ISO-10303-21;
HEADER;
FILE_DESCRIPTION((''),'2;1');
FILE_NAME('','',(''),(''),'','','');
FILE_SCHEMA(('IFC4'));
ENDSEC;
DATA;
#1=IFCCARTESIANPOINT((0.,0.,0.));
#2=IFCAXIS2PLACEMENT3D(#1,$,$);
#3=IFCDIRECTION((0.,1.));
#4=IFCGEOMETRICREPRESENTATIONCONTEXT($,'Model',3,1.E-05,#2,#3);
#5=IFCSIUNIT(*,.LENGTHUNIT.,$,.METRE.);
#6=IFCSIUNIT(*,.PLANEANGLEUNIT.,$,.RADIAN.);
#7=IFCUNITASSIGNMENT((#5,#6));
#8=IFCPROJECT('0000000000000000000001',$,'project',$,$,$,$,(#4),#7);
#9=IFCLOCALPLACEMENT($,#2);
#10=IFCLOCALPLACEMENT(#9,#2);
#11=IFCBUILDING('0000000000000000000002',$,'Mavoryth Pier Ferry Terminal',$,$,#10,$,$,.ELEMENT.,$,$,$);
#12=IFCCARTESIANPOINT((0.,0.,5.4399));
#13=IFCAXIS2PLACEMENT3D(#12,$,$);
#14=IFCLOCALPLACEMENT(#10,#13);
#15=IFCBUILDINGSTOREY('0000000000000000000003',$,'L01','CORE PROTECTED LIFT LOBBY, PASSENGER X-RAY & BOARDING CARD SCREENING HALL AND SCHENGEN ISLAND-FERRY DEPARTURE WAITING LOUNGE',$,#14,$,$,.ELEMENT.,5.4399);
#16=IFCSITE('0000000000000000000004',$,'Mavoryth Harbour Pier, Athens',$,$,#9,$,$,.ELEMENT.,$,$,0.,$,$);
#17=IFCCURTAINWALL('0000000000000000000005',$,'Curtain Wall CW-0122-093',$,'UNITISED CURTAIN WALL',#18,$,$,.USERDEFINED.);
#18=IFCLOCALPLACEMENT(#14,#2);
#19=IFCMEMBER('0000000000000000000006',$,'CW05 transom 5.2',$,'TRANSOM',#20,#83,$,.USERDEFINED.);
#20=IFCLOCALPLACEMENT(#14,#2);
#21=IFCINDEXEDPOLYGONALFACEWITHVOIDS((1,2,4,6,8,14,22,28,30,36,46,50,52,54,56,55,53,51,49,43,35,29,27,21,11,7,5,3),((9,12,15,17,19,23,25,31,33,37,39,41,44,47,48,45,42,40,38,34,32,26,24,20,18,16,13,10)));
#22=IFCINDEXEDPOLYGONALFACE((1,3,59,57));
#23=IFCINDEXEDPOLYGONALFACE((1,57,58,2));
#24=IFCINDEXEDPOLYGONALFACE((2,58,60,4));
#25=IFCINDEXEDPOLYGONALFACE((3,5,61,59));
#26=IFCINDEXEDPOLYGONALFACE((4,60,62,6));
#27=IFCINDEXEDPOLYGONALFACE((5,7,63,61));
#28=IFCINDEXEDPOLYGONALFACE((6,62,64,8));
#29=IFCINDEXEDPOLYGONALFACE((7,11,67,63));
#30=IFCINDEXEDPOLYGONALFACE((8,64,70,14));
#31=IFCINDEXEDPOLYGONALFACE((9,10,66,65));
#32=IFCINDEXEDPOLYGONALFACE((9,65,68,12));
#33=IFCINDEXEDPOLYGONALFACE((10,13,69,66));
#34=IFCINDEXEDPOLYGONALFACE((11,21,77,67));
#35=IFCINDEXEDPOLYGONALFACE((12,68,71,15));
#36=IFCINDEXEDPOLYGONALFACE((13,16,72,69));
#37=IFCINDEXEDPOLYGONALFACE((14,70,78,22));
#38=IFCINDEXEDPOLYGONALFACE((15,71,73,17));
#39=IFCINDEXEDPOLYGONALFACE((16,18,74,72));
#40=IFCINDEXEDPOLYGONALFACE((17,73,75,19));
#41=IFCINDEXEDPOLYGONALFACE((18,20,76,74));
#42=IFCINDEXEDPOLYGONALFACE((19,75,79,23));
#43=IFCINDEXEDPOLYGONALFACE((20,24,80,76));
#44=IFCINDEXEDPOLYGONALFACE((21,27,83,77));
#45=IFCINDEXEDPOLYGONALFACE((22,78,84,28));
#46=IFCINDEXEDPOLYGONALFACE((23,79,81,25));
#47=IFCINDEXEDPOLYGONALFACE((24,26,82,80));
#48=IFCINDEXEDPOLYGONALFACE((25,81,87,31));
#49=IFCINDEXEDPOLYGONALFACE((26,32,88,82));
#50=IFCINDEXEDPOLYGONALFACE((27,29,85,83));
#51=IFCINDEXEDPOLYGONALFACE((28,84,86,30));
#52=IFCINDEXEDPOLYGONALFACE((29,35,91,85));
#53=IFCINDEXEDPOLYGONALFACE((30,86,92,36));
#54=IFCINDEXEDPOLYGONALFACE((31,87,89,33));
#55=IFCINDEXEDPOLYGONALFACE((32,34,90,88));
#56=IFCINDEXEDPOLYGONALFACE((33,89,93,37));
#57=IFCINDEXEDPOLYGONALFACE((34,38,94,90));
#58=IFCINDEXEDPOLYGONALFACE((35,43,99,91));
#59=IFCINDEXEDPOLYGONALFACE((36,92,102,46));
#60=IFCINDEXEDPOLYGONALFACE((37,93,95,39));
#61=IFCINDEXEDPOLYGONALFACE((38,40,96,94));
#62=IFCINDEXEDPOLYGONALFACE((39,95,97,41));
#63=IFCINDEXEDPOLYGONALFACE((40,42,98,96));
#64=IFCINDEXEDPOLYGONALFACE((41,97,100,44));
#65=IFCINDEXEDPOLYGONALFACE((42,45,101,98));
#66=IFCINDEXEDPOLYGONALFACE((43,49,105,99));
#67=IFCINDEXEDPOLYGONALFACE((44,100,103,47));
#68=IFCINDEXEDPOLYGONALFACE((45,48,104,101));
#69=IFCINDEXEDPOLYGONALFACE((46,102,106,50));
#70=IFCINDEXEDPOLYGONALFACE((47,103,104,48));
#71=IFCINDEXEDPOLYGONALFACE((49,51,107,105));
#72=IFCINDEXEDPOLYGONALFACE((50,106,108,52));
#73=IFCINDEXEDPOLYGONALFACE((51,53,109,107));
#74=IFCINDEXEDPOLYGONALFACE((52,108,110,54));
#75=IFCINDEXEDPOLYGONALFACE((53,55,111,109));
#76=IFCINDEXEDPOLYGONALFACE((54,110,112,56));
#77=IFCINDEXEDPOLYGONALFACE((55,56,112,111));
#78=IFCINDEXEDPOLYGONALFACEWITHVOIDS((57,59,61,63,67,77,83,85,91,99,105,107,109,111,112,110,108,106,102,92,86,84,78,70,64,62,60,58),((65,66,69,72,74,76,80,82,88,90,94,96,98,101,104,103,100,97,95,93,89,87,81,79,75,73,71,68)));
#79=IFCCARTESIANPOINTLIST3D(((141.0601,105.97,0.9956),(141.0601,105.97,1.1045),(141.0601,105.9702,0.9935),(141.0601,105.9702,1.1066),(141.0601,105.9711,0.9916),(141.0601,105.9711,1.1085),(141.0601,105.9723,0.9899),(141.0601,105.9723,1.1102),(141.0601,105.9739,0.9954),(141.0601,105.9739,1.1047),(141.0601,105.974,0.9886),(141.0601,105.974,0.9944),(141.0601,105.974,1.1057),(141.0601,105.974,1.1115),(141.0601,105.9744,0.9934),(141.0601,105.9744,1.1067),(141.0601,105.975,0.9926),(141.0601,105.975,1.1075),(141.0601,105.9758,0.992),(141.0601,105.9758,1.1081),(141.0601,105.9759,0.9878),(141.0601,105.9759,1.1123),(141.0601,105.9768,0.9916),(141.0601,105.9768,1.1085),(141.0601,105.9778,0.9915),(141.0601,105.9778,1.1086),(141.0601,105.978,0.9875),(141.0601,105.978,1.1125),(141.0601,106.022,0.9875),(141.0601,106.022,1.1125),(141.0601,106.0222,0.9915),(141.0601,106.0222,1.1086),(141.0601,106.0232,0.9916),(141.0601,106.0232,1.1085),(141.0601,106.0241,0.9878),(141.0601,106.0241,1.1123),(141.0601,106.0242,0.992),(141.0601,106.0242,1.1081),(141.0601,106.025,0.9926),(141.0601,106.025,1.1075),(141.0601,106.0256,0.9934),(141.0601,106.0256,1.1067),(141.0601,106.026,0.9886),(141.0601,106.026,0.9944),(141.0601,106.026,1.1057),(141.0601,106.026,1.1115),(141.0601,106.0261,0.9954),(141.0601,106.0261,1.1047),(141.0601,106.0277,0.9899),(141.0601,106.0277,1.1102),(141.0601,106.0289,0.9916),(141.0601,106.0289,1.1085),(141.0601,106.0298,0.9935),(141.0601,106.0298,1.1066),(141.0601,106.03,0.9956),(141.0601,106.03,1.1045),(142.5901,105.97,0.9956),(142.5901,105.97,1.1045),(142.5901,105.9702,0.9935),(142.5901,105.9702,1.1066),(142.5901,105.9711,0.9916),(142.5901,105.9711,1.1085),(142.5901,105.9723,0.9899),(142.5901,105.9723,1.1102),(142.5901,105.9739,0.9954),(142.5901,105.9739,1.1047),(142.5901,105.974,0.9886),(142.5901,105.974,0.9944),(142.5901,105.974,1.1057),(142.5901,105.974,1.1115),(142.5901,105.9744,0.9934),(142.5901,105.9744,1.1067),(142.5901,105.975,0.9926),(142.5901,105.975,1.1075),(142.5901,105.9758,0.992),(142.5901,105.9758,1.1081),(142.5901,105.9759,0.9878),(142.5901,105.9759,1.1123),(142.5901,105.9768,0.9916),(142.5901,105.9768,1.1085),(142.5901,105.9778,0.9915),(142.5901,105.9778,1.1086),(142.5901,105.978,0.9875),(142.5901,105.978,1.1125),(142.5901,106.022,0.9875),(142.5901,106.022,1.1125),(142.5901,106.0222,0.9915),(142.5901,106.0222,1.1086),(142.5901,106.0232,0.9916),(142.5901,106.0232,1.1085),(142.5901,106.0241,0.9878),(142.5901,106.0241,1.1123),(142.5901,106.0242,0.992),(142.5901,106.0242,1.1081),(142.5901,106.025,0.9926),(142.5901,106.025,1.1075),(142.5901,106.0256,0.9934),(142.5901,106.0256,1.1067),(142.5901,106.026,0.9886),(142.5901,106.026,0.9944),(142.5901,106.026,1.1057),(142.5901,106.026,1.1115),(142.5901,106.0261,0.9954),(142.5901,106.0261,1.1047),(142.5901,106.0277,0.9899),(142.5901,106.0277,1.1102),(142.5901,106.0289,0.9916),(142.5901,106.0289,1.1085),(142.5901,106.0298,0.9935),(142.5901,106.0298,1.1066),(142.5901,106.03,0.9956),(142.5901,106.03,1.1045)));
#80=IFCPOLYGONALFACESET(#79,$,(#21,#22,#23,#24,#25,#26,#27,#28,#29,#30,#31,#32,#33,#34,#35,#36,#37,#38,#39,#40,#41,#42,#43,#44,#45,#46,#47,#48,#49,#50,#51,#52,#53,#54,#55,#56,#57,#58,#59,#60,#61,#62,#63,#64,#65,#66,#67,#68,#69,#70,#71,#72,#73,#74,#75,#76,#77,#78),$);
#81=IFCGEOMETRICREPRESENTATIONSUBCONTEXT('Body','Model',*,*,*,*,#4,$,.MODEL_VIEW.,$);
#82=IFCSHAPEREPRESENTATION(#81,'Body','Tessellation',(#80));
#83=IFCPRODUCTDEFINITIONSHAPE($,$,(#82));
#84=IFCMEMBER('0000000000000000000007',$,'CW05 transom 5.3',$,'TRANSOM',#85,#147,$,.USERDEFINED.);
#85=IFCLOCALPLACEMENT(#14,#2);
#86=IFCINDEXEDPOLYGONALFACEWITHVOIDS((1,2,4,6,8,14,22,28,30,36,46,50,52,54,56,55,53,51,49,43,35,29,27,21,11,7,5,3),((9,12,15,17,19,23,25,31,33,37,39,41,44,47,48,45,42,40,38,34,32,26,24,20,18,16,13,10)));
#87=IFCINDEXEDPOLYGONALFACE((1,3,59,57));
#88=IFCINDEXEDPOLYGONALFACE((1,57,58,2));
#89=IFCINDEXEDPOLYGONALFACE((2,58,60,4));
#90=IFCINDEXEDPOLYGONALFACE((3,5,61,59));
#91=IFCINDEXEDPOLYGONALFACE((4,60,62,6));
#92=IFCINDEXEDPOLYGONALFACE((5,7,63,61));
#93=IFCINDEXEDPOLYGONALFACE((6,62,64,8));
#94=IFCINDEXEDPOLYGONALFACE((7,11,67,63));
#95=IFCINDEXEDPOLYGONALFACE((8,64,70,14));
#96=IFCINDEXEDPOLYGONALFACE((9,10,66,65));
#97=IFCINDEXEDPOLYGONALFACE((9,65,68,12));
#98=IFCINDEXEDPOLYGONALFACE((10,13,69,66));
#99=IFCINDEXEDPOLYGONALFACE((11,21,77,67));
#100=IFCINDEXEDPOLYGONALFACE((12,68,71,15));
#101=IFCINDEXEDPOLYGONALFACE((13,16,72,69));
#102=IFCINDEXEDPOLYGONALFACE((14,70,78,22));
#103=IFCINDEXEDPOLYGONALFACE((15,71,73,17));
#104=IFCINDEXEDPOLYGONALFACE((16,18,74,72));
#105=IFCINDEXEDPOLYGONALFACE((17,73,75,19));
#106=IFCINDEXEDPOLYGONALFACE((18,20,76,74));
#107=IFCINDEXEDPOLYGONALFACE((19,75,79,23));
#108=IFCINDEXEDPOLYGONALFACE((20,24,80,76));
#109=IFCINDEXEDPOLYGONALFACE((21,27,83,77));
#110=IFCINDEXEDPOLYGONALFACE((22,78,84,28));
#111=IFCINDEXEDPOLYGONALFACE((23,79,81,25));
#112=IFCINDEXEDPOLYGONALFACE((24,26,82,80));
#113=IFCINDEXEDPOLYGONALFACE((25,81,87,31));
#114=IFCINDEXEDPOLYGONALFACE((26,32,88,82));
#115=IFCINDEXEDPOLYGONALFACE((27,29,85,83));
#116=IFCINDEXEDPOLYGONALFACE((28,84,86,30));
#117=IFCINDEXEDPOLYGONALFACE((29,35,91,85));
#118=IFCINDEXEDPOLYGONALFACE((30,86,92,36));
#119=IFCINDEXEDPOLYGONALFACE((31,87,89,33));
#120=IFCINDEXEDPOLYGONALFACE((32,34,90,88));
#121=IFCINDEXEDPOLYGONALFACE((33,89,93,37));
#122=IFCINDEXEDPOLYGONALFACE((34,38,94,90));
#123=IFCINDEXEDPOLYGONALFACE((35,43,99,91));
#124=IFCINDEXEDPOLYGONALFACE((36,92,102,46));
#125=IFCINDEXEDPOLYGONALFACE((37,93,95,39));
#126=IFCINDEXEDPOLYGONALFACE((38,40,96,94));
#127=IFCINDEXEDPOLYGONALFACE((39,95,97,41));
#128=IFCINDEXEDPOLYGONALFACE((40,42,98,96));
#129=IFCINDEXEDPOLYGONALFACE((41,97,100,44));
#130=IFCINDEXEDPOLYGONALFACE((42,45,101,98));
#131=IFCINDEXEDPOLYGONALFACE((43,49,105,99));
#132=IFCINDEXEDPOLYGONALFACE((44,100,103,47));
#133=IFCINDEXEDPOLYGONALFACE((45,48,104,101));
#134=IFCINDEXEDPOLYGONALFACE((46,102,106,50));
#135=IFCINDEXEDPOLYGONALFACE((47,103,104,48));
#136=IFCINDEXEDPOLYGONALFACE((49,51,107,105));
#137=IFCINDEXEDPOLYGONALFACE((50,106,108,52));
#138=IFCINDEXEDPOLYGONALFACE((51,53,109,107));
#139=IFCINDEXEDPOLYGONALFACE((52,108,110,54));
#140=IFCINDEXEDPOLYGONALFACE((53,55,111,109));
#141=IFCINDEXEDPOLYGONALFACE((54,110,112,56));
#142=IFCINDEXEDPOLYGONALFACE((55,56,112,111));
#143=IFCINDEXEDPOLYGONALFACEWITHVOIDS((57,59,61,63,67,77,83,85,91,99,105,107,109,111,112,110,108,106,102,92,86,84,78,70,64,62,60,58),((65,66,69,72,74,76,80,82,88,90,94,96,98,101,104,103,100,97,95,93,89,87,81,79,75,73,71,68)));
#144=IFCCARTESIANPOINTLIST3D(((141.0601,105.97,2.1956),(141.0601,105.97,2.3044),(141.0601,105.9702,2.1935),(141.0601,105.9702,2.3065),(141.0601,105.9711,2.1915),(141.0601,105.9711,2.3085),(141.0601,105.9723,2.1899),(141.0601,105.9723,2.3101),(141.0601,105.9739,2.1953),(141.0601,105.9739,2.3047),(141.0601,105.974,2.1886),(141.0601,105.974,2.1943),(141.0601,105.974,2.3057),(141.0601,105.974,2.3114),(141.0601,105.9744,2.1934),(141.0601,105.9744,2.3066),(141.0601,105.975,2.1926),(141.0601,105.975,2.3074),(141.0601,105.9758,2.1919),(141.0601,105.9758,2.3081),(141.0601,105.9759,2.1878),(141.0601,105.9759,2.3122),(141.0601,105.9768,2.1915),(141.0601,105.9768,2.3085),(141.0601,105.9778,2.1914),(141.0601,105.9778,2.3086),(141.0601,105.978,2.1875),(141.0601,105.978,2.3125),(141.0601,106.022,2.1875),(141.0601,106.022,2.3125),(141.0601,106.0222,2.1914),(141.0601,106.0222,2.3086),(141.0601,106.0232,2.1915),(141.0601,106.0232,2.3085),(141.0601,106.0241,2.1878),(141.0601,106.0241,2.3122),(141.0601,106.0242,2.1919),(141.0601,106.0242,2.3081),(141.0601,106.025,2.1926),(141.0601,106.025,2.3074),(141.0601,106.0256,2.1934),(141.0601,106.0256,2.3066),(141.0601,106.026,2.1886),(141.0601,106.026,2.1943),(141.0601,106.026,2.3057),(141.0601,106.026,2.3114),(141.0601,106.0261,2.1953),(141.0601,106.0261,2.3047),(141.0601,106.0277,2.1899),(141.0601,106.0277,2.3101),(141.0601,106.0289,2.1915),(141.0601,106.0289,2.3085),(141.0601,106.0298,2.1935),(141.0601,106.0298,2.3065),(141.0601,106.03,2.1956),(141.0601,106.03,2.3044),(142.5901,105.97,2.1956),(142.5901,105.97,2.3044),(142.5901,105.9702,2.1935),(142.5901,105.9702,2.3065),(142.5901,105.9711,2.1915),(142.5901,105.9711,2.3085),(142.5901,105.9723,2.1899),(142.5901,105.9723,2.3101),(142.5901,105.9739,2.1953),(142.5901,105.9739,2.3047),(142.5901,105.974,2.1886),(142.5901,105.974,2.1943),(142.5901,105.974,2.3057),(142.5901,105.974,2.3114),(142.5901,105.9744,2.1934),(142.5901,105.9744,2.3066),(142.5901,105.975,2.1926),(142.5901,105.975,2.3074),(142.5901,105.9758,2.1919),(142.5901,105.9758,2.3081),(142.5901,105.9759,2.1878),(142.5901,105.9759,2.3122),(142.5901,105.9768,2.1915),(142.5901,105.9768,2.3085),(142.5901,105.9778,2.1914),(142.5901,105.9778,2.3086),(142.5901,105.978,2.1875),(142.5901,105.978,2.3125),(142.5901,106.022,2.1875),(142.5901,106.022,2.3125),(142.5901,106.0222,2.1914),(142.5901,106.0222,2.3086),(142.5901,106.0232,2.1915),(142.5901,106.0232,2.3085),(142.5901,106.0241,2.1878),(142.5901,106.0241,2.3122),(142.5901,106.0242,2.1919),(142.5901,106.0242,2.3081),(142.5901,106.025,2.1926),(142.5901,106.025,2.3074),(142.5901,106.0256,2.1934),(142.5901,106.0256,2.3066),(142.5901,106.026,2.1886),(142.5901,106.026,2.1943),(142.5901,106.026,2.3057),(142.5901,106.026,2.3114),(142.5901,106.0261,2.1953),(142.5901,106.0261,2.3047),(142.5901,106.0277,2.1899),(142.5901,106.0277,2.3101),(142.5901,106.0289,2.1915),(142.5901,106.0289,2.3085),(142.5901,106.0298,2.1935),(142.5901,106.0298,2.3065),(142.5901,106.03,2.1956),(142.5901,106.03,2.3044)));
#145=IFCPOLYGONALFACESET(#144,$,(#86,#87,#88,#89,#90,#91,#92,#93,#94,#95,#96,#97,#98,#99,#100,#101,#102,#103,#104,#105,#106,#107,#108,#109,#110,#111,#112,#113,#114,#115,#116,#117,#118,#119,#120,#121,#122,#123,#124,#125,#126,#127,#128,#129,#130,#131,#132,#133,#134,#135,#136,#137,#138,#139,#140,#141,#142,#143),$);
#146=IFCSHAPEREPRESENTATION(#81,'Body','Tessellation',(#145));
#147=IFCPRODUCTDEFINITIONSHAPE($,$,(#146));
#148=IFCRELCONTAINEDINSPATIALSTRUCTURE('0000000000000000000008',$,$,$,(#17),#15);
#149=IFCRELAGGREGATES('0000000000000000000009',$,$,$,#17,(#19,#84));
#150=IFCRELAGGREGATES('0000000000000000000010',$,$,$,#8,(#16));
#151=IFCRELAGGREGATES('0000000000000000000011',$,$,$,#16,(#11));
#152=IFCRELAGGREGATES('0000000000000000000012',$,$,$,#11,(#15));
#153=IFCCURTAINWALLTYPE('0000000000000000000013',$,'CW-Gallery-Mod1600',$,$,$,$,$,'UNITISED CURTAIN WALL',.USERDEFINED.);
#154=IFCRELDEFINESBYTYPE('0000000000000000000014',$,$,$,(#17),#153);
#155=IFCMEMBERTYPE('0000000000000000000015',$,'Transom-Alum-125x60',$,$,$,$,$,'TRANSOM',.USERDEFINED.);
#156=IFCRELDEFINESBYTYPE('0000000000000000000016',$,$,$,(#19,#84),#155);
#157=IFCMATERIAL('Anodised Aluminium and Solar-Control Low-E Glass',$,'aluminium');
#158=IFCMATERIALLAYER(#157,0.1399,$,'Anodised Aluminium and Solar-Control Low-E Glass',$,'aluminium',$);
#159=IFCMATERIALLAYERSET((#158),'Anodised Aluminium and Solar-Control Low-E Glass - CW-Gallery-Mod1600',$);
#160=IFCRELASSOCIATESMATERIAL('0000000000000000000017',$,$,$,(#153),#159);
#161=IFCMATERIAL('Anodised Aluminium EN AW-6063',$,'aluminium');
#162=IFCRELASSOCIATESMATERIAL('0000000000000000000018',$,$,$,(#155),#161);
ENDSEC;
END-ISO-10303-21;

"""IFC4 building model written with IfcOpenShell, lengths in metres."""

from ifc_helpers import new_model, si_unit, direction, frame, origin, origin_2d, place, context, subcontext, project, spatial, hollow_rectangle, extrude, material, layer, layer_set, material_profile, profile_set, type_object, element, aggregate, save


model = new_model("IFC4")

# Units and contexts
model_context = context("Model", 3, precision=1e-05, world=origin(), true_north=direction((0.0, 1.0)))
body_context = subcontext(model_context, "Body", "Model", "MODEL_VIEW")
ifc_project = project(units=[si_unit("LENGTHUNIT", "METRE"), si_unit("PLANEANGLEUNIT", "RADIAN")], contexts=[model_context])

# Site, building, storey
site_placement = place(None, origin())
site = spatial("IfcSite", under=ifc_project, at=site_placement, Name="Mavoryth Harbour Pier, Athens", CompositionType="ELEMENT", RefElevation=0.0)
building_placement = place(site_placement, origin())
building = spatial("IfcBuilding", under=site, at=building_placement, Name="Mavoryth Pier Ferry Terminal", CompositionType="ELEMENT")
storey_placement = place(building_placement, frame((0.0, 0.0, 5.4399)))
storey = spatial("IfcBuildingStorey", under=building, at=storey_placement, Name="L01", Description="CORE PROTECTED LIFT LOBBY, PASSENGER X-RAY & BOARDING CARD SCREENING HALL AND SCHENGEN ISLAND-FERRY DEPARTURE WAITING LOUNGE", CompositionType="ELEMENT", Elevation=5.4399)

# Curtain wall, members
ifc_material_1 = material(Name="Anodised Aluminium and Solar-Control Low-E Glass", Category="aluminium")
ifc_layer_1 = layer(ifc_material_1, 0.1399, Name="Anodised Aluminium and Solar-Control Low-E Glass", Category="aluminium")
ifc_layer_set_1 = layer_set([ifc_layer_1], Name="Anodised Aluminium and Solar-Control Low-E Glass - CW-Gallery-Mod1600")
curtain_wall_type = type_object("IfcCurtainWallType", Name="CW-Gallery-Mod1600", ElementType="UNITISED CURTAIN WALL", PredefinedType="USERDEFINED", material=ifc_layer_set_1)
curtain_wall_1_placement = place(storey_placement, origin())
curtain_wall_1 = element("IfcCurtainWall", 1, at=curtain_wall_1_placement, inside=storey, type_object=curtain_wall_type, Name="Curtain Wall CW-0122-093", ObjectType="UNITISED CURTAIN WALL", PredefinedType="USERDEFINED")
ifc_material_2 = material(Name="Anodised Aluminium EN AW-6063", Category="aluminium")
ifc_material_profile_1 = material_profile(ifc_material_2, hollow_rectangle(XDim=0.0601, YDim=0.125, WallThickness=0.0039, InnerFilletRadius=0.0039, OuterFilletRadius=0.0081, at=origin_2d()), Name="AL-TRAN 125x60x4", Category="aluminium")
ifc_profile_set_1 = profile_set([ifc_material_profile_1], Name="Anodised Aluminium EN AW-6063 - AL-TRAN 125x60x4")
member_type_1 = type_object("IfcMemberType", Name="Transom-Alum-125x60", ElementType="TRANSOM", PredefinedType="USERDEFINED", material=ifc_profile_set_1)
member_1_placement = place(storey_placement, frame((141.0601, 106.0, 1.05), z_axis=(1.0, 0.0, 0.0), x_axis=(0.0, 1.0, 0.0)))
member_1 = element("IfcMember", 2, at=member_1_placement, type_object=member_type_1, Name="CW05 transom 5.2", ObjectType="TRANSOM", PredefinedType="USERDEFINED", context=body_context, shape_type="SweptSolid", body=[
    extrude(hollow_rectangle(XDim=0.0601, YDim=0.125, WallThickness=0.0039, InnerFilletRadius=0.0039, OuterFilletRadius=0.0081, at=origin_2d()), origin(), (0.0, 0.0, 1.0), 1.53),
])
member_2_placement = place(storey_placement, frame((141.0601, 106.0, 2.25), z_axis=(1.0, 0.0, 0.0), x_axis=(0.0, 1.0, 0.0)))
member_2 = element("IfcMember", 3, at=member_2_placement, type_object=member_type_1, Name="CW05 transom 5.3", ObjectType="TRANSOM", PredefinedType="USERDEFINED", context=body_context, shape_type="SweptSolid", body=[
    extrude(hollow_rectangle(XDim=0.0601, YDim=0.125, WallThickness=0.0039, InnerFilletRadius=0.0039, OuterFilletRadius=0.0081, at=origin_2d()), origin(), (0.0, 0.0, 1.0), 1.53),
])

aggregate(curtain_wall_1, [member_1, member_2])

save(model, "model.ifc")
